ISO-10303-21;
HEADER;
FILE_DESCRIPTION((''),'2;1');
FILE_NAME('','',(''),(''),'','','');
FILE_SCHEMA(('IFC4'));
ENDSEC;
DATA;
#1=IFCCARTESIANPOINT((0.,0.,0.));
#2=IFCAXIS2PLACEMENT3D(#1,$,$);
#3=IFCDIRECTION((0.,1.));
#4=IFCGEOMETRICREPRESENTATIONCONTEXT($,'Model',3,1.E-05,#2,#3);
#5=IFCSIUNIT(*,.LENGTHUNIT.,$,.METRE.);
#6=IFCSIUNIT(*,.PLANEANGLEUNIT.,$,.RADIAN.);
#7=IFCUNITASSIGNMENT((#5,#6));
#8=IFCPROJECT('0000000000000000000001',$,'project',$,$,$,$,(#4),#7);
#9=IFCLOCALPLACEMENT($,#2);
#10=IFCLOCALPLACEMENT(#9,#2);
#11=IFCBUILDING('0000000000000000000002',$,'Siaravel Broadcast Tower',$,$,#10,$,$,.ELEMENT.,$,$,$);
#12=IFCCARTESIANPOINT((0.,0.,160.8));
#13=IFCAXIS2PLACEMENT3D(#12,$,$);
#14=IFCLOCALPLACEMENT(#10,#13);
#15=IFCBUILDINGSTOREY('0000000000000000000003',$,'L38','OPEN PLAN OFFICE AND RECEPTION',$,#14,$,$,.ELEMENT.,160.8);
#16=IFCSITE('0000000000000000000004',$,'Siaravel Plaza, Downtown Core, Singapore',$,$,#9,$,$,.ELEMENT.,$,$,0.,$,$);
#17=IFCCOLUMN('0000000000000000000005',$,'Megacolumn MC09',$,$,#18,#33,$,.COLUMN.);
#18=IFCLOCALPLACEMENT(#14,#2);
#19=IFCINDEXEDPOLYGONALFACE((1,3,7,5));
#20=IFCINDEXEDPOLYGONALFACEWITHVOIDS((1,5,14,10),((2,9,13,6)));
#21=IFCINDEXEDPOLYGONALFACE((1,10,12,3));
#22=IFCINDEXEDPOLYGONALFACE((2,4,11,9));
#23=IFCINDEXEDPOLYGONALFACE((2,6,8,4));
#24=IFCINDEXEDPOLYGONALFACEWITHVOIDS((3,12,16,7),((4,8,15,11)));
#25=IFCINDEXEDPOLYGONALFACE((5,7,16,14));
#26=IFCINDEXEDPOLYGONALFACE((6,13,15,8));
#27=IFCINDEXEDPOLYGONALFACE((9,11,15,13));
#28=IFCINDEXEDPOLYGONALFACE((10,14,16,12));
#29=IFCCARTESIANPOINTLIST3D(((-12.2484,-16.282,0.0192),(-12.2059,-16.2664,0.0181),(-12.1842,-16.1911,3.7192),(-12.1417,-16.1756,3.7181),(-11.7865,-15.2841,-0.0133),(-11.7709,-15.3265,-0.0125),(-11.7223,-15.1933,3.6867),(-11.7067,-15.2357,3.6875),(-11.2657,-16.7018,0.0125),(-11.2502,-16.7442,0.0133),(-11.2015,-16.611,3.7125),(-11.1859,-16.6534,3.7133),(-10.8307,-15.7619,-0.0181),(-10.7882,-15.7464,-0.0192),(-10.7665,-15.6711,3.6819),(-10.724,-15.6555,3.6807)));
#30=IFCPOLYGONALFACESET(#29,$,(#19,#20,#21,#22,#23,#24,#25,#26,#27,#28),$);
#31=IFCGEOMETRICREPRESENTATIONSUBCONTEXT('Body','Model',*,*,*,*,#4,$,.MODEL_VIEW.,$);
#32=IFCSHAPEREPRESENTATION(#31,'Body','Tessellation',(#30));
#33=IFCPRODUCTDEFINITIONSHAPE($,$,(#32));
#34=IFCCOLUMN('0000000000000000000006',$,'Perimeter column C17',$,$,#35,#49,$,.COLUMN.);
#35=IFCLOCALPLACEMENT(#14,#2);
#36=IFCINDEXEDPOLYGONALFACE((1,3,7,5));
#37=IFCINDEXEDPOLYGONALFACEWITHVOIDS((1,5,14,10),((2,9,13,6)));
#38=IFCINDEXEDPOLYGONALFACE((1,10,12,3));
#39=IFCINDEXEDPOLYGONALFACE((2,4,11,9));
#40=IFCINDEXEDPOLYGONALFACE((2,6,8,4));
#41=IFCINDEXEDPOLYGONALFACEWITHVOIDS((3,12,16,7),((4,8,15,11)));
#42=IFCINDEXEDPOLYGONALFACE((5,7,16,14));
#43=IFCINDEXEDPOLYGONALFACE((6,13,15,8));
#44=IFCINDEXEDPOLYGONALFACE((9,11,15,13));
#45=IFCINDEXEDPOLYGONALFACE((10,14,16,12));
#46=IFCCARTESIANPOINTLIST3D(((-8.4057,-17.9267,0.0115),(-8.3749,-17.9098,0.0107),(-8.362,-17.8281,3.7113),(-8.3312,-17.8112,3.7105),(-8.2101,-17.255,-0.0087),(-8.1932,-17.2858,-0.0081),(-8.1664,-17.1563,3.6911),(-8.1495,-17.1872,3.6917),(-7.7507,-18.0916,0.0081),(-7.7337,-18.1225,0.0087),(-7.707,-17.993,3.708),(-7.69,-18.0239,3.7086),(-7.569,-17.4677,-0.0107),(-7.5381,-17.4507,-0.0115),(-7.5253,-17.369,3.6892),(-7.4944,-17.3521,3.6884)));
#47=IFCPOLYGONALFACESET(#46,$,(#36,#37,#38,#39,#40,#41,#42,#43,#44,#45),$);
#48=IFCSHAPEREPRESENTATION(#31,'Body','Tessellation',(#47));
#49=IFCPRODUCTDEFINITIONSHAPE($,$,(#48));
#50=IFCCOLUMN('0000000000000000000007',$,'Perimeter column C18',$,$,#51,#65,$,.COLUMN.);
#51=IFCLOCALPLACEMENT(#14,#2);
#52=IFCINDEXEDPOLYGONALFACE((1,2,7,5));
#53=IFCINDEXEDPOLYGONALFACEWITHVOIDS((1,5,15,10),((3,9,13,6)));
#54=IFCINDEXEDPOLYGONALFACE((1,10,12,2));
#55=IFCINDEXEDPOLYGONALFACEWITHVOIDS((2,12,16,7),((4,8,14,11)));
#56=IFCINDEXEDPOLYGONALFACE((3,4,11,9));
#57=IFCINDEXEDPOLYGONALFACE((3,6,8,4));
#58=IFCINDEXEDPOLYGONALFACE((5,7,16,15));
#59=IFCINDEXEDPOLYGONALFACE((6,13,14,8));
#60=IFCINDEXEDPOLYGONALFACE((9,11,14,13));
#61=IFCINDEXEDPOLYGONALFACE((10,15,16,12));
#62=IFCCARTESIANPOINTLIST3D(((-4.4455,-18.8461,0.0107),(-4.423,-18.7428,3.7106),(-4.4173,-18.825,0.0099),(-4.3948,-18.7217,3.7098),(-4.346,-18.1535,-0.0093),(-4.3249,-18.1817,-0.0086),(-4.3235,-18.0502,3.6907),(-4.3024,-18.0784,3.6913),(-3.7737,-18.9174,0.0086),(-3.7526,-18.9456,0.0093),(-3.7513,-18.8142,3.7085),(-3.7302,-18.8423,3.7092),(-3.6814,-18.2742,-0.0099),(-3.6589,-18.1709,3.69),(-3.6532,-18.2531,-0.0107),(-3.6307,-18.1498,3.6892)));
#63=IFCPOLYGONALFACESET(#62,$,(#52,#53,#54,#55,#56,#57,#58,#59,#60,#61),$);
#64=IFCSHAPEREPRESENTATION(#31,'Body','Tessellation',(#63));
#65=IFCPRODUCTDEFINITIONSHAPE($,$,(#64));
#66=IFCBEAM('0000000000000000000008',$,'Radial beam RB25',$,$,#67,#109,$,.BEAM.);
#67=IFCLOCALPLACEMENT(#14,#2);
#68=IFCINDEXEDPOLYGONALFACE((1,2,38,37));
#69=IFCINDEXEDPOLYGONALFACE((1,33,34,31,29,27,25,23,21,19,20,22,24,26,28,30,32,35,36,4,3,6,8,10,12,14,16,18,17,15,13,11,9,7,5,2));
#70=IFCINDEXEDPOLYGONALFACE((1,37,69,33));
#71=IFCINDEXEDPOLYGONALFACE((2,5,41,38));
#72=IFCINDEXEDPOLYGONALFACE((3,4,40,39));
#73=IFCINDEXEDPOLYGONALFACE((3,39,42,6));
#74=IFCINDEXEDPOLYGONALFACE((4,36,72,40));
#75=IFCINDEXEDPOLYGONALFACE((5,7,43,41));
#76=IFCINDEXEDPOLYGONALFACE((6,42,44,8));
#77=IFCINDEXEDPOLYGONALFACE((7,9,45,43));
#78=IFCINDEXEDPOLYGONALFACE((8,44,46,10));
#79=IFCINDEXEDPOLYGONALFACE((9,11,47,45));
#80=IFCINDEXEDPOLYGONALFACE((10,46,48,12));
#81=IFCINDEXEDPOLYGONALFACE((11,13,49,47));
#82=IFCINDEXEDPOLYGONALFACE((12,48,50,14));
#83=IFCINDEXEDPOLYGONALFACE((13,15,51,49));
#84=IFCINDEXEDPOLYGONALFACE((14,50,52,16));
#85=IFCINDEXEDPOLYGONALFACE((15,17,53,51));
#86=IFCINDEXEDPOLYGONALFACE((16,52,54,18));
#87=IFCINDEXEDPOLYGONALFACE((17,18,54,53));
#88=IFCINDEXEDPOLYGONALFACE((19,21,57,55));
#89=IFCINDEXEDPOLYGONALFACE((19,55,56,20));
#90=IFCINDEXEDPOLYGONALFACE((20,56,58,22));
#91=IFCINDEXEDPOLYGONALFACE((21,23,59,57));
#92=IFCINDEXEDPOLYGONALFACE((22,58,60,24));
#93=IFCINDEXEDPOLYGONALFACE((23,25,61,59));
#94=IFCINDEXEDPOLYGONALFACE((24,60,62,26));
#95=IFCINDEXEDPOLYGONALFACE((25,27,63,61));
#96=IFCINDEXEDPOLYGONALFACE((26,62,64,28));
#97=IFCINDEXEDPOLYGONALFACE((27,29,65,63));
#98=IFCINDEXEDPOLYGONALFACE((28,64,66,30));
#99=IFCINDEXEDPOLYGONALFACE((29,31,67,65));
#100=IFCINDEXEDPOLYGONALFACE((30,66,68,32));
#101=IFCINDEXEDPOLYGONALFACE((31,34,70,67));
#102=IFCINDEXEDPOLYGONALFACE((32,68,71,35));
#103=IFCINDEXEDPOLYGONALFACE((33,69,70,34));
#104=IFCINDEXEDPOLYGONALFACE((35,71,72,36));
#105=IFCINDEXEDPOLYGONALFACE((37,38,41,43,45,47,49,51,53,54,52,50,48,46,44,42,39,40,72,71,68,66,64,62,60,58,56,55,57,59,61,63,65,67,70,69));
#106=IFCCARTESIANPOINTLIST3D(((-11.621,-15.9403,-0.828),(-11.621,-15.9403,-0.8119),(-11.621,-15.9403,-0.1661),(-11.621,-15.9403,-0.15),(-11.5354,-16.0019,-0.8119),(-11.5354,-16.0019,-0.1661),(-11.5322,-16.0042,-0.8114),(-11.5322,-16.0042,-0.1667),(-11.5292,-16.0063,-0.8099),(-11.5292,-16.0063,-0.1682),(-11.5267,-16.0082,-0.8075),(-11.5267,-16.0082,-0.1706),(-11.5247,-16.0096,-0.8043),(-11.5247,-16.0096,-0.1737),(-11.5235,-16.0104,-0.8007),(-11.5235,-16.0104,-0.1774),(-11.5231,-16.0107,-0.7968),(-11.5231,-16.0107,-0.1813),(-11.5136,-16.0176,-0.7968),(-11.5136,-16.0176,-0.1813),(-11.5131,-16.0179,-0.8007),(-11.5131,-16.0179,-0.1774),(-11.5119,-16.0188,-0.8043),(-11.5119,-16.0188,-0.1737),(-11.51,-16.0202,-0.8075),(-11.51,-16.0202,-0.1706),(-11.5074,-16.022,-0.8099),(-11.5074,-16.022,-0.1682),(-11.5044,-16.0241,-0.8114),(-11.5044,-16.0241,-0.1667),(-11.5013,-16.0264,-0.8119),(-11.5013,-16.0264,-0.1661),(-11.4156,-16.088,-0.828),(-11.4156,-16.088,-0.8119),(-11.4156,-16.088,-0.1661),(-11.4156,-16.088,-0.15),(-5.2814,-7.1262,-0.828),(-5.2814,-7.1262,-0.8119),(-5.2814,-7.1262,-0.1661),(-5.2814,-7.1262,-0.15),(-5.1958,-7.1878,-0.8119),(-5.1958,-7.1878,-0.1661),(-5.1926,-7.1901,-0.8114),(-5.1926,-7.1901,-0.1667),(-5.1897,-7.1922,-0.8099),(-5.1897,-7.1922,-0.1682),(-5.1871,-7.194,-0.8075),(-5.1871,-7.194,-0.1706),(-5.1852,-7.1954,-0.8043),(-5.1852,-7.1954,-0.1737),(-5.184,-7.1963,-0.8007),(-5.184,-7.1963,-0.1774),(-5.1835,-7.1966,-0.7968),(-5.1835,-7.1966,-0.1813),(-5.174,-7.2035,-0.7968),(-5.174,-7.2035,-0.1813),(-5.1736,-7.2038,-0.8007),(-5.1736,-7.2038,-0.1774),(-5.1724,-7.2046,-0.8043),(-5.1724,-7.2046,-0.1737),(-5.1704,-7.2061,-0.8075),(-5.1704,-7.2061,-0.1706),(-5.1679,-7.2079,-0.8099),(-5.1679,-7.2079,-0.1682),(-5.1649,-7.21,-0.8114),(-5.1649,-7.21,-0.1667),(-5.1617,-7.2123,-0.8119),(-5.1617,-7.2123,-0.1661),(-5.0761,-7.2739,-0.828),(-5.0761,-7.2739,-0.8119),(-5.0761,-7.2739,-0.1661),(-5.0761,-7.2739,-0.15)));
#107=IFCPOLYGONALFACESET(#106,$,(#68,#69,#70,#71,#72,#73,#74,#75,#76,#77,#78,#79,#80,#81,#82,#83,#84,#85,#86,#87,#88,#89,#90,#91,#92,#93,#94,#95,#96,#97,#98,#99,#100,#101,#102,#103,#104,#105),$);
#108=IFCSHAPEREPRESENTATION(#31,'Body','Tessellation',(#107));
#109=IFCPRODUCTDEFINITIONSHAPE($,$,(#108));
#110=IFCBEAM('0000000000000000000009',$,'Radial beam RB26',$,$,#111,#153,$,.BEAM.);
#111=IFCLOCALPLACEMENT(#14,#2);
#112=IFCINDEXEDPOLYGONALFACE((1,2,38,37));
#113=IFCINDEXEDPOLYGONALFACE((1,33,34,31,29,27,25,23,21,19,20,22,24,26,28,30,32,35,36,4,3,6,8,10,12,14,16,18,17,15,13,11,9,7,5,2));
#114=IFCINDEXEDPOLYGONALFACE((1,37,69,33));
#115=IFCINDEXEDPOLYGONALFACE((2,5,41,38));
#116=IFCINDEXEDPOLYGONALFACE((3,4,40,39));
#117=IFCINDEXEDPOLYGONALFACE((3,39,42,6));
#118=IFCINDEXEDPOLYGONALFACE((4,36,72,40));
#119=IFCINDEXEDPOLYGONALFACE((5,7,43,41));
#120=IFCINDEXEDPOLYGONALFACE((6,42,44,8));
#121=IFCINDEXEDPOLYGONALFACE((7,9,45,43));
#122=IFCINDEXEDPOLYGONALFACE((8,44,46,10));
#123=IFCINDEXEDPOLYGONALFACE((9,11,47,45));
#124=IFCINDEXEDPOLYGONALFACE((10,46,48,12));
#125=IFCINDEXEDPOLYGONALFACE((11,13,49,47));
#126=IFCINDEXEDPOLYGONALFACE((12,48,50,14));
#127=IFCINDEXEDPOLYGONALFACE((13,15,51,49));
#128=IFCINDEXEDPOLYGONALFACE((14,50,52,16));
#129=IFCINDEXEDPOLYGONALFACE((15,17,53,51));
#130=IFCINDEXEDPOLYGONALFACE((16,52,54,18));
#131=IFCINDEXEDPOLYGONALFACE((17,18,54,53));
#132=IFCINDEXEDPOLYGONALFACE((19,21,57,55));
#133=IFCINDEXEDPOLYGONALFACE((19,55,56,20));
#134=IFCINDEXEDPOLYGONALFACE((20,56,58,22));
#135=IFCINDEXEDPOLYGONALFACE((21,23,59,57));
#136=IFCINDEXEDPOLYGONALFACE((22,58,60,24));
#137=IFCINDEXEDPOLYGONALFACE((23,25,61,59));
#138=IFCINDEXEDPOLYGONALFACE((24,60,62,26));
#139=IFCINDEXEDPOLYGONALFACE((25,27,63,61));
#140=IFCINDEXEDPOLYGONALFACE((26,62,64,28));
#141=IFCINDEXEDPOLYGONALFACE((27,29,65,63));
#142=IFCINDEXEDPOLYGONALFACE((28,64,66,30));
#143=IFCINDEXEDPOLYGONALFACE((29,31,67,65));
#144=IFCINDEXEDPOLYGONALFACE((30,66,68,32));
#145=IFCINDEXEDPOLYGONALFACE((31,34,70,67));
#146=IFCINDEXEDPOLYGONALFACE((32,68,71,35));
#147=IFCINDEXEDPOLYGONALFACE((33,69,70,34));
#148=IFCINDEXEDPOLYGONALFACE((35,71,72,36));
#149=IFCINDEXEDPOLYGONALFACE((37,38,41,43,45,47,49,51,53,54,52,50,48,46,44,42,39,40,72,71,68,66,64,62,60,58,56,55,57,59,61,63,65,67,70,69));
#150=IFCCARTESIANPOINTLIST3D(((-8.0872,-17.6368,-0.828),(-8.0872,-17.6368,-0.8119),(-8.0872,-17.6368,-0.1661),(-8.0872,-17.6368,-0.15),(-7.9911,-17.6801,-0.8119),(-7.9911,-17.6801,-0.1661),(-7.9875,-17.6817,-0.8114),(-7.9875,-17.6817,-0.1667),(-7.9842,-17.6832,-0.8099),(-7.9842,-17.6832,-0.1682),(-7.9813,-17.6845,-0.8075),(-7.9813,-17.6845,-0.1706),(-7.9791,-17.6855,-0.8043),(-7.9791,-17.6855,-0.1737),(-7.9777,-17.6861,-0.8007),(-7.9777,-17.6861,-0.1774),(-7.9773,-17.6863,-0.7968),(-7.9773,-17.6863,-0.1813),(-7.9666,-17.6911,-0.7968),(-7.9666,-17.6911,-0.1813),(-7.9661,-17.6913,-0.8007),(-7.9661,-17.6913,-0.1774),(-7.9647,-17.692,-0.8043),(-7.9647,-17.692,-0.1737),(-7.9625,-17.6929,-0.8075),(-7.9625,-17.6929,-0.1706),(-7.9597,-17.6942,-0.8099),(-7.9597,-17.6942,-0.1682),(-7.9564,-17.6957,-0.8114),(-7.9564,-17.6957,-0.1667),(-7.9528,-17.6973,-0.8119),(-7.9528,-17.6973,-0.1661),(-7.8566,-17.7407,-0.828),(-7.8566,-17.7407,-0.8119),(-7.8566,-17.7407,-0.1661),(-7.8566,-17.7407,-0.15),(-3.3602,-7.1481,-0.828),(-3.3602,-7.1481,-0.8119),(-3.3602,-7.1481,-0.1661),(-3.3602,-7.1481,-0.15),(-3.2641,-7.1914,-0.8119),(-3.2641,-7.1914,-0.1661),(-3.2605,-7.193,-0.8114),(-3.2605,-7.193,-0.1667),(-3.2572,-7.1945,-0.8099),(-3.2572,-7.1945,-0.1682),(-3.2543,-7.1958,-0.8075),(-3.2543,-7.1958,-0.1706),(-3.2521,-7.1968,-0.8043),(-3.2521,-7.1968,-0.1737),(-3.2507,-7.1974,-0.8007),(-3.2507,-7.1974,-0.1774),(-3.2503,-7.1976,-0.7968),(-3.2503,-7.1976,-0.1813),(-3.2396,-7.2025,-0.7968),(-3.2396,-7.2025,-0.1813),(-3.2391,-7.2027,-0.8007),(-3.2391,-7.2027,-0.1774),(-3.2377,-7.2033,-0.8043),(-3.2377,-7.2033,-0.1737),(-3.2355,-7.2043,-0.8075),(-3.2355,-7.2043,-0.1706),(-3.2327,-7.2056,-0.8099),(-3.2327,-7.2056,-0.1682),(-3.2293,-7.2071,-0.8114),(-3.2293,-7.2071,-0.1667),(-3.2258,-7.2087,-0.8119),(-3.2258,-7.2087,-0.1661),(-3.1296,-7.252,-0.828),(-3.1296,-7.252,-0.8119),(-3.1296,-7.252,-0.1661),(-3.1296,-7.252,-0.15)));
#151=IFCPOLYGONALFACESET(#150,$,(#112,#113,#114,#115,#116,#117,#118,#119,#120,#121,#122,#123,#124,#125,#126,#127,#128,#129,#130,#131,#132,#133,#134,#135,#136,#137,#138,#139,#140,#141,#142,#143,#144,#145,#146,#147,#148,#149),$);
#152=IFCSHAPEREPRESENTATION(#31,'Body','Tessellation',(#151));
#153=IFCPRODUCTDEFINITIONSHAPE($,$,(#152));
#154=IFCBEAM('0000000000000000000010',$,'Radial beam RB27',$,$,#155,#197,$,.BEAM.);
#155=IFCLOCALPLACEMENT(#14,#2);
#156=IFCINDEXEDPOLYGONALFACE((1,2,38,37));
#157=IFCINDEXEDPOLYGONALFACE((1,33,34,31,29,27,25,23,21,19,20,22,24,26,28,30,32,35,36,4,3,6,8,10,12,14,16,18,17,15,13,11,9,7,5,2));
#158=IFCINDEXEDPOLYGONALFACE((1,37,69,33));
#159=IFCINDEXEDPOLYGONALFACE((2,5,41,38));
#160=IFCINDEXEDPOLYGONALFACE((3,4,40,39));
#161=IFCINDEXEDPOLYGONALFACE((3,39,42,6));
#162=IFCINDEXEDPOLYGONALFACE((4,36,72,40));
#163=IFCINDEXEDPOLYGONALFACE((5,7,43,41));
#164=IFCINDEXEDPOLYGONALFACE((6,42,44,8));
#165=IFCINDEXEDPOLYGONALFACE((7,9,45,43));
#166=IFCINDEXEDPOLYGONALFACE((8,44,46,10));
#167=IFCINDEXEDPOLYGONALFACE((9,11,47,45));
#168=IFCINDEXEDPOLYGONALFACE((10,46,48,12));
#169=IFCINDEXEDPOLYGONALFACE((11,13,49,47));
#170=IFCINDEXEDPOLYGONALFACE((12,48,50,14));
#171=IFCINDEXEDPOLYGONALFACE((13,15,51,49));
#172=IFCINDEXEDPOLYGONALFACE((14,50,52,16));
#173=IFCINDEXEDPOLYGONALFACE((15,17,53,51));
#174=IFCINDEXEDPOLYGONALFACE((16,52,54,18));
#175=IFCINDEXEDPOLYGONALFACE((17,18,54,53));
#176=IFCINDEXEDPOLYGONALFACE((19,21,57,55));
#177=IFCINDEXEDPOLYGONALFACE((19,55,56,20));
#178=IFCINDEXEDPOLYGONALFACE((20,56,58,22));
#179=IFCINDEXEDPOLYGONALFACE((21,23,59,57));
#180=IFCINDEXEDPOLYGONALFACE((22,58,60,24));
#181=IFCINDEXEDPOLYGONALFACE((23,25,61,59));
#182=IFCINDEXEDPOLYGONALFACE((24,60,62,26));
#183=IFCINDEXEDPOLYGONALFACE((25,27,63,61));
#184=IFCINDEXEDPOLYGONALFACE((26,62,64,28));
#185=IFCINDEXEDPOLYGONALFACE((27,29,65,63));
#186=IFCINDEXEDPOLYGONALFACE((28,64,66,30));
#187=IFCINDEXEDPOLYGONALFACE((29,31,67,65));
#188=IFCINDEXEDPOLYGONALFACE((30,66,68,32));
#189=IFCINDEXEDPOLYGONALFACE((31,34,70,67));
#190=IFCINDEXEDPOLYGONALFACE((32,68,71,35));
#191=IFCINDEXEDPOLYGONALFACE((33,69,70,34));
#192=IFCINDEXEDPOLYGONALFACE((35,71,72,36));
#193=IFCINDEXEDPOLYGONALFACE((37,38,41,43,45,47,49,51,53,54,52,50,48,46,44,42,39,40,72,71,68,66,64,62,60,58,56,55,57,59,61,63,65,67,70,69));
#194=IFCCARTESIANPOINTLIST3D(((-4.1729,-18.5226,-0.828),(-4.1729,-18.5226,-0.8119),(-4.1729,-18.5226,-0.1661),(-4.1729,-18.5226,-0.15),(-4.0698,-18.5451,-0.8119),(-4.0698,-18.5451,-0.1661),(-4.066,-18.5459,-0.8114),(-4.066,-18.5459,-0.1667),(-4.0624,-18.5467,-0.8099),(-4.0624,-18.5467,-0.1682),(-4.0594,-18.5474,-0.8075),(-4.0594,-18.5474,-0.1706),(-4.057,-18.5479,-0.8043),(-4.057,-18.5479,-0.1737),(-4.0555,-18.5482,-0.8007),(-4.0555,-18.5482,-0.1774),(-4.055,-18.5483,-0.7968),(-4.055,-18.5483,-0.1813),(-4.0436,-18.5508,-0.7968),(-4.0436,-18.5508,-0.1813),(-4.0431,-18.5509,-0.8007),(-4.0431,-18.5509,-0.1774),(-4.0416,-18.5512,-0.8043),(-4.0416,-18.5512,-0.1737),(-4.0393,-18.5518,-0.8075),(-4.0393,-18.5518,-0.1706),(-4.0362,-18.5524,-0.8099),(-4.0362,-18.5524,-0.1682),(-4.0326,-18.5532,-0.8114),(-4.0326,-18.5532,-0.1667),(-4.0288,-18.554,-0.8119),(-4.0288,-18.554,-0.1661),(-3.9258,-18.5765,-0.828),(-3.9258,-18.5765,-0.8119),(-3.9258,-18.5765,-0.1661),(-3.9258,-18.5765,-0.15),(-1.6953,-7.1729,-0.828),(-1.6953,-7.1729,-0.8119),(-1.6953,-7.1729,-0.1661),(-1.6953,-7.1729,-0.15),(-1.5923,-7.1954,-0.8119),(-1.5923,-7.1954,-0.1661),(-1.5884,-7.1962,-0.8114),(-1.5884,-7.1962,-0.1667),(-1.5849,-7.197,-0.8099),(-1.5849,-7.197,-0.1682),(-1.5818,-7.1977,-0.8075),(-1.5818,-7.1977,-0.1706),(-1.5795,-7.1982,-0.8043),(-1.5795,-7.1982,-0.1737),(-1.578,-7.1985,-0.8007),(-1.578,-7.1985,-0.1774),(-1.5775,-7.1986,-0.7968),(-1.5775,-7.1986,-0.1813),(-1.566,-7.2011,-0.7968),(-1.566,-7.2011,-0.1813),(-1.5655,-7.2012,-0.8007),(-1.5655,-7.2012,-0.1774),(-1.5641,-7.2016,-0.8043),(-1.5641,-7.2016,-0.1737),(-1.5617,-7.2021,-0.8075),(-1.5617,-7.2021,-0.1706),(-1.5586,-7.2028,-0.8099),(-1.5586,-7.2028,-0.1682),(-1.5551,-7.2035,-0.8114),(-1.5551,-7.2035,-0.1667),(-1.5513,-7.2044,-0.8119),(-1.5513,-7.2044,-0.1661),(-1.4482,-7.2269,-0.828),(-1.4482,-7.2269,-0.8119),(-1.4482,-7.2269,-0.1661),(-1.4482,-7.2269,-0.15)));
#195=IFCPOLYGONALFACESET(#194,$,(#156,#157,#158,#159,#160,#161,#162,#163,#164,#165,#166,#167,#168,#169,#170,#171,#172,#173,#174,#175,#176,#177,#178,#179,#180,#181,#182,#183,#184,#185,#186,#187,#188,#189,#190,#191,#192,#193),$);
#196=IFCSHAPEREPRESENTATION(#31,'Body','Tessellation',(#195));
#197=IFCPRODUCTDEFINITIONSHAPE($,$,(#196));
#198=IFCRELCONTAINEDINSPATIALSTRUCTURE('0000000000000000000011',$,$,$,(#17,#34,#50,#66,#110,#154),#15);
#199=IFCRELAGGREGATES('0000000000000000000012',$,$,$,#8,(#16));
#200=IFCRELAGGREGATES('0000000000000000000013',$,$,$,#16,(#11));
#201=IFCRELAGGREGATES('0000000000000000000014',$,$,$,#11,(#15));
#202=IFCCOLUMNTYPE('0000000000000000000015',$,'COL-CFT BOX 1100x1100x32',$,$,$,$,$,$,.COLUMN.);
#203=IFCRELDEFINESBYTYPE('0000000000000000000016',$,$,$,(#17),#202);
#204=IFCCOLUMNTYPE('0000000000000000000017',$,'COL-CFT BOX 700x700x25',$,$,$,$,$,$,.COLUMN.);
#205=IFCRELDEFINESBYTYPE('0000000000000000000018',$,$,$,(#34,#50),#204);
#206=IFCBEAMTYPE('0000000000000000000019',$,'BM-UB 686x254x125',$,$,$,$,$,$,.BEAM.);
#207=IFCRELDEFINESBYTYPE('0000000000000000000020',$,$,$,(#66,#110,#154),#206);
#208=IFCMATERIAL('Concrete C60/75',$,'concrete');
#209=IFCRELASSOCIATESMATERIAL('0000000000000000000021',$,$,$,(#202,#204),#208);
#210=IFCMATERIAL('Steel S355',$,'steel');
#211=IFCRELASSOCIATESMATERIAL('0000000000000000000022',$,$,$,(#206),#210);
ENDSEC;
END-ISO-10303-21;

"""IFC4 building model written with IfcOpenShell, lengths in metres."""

from ifc_helpers import new_model, si_unit, direction, frame, origin, origin_2d, place, context, subcontext, project, spatial, hollow_rectangle, i_section, extrude, material, material_profile, profile_set, type_object, element, save


model = new_model("IFC4")

# Units and contexts
model_context = context("Model", 3, precision=1e-05, world=origin(), true_north=direction((0.0, 1.0)))
body_context = subcontext(model_context, "Body", "Model", "MODEL_VIEW")
ifc_project = project(units=[si_unit("LENGTHUNIT", "METRE"), si_unit("PLANEANGLEUNIT", "RADIAN")], contexts=[model_context])

# Site, building, storey
site_placement = place(None, origin())
site = spatial("IfcSite", under=ifc_project, at=site_placement, Name="Siaravel Plaza, Downtown Core, Singapore", CompositionType="ELEMENT", RefElevation=0.0)
building_placement = place(site_placement, origin())
building = spatial("IfcBuilding", under=site, at=building_placement, Name="Siaravel Broadcast Tower", CompositionType="ELEMENT")
storey_placement = place(building_placement, frame((0.0, 0.0, 160.8)))
storey = spatial("IfcBuildingStorey", under=building, at=storey_placement, Name="L38", Description="OPEN PLAN OFFICE AND RECEPTION", CompositionType="ELEMENT", Elevation=160.8)

# Columns
ifc_material_1 = material(Name="Concrete C60/75", Category="concrete")
ifc_material_profile_1 = material_profile(ifc_material_1, hollow_rectangle(XDim=1.1001, YDim=1.1001, WallThickness=0.032, at=origin_2d()))
ifc_profile_set_1 = profile_set([ifc_material_profile_1], Name="Concrete C60/75")
column_type_1 = type_object("IfcColumnType", Name="COL-CFT BOX 1100x1100x32", PredefinedType="COLUMN", material=ifc_profile_set_1)
column_placement = place(storey_placement, frame((-11.5183, -16.0142, 0.0), z_axis=(0.017346, 0.024535, 0.999548), x_axis=(-0.907409, 0.420214, 0.005432)))
element("IfcColumn", 1, at=column_placement, inside=storey, type_object=column_type_1, Name="Megacolumn MC09", PredefinedType="COLUMN", context=body_context, shape_type="SweptSolid", body=[
    extrude(hollow_rectangle(XDim=1.1001, YDim=1.1001, WallThickness=0.032, at=origin_2d()), origin(), (0.0, 0.0, 1.0), 3.7017),
])
ifc_material_profile_2 = material_profile(ifc_material_1, hollow_rectangle(XDim=0.7, YDim=0.7, WallThickness=0.0249, at=origin_2d()))
ifc_profile_set_2 = profile_set([ifc_material_profile_2], Name="Concrete C60/75")
column_type_2 = type_object("IfcColumnType", Name="COL-CFT BOX 700x700x25", PredefinedType="COLUMN", material=ifc_profile_set_2)
for number, where, z_axis, x_axis, name in (
    (2, (-7.9719, -17.6887, 0.0), (0.011806, 0.026647, 0.999575), (-0.960087, 0.279674, 0.003884), "Perimeter column C17"),
    (3, (-4.0493, -18.5496, 0.0), (0.006068, 0.0279, 0.999592), (-0.989831, 0.142232, 0.002039), "Perimeter column C18"),
):
    element("IfcColumn", number, at=place(storey_placement, frame(where, z_axis=z_axis, x_axis=x_axis)), inside=storey, type_object=column_type_2, Name=name, PredefinedType="COLUMN", context=body_context, shape_type="SweptSolid", body=[
        extrude(hollow_rectangle(XDim=0.7, YDim=0.7, WallThickness=0.0249, at=origin_2d()), origin(), (0.0, 0.0, 1.0), 3.7014),
    ])

# Beams
ifc_material_2 = material(Name="Steel S355", Category="steel")
ifc_material_profile_3 = material_profile(ifc_material_2, i_section(OverallWidth=0.2529, OverallDepth=0.678, WebThickness=0.0117, FlangeThickness=0.0161, FilletRadius=0.0151, at=origin_2d()))
ifc_profile_set_3 = profile_set([ifc_material_profile_3], Name="Steel S355")
beam_type = type_object("IfcBeamType", Name="BM-UB 686x254x125", PredefinedType="BEAM", material=ifc_profile_set_3)
beam_1_placement = place(storey_placement, frame((-11.5183, -16.0142, -0.489), z_axis=(0.583902, 0.811824, 0.0), x_axis=(-0.811824, 0.583902, 0.0)))
element("IfcBeam", 4, at=beam_1_placement, inside=storey, type_object=beam_type, Name="Radial beam RB25", PredefinedType="BEAM", context=body_context, shape_type="SweptSolid", body=[
    extrude(i_section(OverallWidth=0.2529, OverallDepth=0.678, WebThickness=0.0117, FlangeThickness=0.0161, FilletRadius=0.0151, at=origin_2d()), origin(), (0.0, 0.0, 1.0), 10.8572),
])
beam_2_placement = place(storey_placement, frame((-7.9719, -17.6887, -0.489), z_axis=(0.410878, 0.91169, 0.0), x_axis=(-0.91169, 0.410878, 0.0)))
element("IfcBeam", 5, at=beam_2_placement, inside=storey, type_object=beam_type, Name="Radial beam RB26", PredefinedType="BEAM", context=body_context, shape_type="SweptSolid", body=[
    extrude(i_section(OverallWidth=0.2529, OverallDepth=0.678, WebThickness=0.0117, FlangeThickness=0.0161, FilletRadius=0.0151, at=origin_2d()), origin(), (0.0, 0.0, 1.0), 11.5046),
])
beam_3_placement = place(storey_placement, frame((-4.0493, -18.5496, -0.489), z_axis=(0.213271, 0.976993, 0.0), x_axis=(-0.976993, 0.213271, 0.0)))
element("IfcBeam", 6, at=beam_3_placement, inside=storey, type_object=beam_type, Name="Radial beam RB27", PredefinedType="BEAM", context=body_context, shape_type="SweptSolid", body=[
    extrude(i_section(OverallWidth=0.2529, OverallDepth=0.678, WebThickness=0.0117, FlangeThickness=0.0161, FilletRadius=0.0151, at=origin_2d()), origin(), (0.0, 0.0, 1.0), 11.6169),
])

save(model, "model.ifc")
